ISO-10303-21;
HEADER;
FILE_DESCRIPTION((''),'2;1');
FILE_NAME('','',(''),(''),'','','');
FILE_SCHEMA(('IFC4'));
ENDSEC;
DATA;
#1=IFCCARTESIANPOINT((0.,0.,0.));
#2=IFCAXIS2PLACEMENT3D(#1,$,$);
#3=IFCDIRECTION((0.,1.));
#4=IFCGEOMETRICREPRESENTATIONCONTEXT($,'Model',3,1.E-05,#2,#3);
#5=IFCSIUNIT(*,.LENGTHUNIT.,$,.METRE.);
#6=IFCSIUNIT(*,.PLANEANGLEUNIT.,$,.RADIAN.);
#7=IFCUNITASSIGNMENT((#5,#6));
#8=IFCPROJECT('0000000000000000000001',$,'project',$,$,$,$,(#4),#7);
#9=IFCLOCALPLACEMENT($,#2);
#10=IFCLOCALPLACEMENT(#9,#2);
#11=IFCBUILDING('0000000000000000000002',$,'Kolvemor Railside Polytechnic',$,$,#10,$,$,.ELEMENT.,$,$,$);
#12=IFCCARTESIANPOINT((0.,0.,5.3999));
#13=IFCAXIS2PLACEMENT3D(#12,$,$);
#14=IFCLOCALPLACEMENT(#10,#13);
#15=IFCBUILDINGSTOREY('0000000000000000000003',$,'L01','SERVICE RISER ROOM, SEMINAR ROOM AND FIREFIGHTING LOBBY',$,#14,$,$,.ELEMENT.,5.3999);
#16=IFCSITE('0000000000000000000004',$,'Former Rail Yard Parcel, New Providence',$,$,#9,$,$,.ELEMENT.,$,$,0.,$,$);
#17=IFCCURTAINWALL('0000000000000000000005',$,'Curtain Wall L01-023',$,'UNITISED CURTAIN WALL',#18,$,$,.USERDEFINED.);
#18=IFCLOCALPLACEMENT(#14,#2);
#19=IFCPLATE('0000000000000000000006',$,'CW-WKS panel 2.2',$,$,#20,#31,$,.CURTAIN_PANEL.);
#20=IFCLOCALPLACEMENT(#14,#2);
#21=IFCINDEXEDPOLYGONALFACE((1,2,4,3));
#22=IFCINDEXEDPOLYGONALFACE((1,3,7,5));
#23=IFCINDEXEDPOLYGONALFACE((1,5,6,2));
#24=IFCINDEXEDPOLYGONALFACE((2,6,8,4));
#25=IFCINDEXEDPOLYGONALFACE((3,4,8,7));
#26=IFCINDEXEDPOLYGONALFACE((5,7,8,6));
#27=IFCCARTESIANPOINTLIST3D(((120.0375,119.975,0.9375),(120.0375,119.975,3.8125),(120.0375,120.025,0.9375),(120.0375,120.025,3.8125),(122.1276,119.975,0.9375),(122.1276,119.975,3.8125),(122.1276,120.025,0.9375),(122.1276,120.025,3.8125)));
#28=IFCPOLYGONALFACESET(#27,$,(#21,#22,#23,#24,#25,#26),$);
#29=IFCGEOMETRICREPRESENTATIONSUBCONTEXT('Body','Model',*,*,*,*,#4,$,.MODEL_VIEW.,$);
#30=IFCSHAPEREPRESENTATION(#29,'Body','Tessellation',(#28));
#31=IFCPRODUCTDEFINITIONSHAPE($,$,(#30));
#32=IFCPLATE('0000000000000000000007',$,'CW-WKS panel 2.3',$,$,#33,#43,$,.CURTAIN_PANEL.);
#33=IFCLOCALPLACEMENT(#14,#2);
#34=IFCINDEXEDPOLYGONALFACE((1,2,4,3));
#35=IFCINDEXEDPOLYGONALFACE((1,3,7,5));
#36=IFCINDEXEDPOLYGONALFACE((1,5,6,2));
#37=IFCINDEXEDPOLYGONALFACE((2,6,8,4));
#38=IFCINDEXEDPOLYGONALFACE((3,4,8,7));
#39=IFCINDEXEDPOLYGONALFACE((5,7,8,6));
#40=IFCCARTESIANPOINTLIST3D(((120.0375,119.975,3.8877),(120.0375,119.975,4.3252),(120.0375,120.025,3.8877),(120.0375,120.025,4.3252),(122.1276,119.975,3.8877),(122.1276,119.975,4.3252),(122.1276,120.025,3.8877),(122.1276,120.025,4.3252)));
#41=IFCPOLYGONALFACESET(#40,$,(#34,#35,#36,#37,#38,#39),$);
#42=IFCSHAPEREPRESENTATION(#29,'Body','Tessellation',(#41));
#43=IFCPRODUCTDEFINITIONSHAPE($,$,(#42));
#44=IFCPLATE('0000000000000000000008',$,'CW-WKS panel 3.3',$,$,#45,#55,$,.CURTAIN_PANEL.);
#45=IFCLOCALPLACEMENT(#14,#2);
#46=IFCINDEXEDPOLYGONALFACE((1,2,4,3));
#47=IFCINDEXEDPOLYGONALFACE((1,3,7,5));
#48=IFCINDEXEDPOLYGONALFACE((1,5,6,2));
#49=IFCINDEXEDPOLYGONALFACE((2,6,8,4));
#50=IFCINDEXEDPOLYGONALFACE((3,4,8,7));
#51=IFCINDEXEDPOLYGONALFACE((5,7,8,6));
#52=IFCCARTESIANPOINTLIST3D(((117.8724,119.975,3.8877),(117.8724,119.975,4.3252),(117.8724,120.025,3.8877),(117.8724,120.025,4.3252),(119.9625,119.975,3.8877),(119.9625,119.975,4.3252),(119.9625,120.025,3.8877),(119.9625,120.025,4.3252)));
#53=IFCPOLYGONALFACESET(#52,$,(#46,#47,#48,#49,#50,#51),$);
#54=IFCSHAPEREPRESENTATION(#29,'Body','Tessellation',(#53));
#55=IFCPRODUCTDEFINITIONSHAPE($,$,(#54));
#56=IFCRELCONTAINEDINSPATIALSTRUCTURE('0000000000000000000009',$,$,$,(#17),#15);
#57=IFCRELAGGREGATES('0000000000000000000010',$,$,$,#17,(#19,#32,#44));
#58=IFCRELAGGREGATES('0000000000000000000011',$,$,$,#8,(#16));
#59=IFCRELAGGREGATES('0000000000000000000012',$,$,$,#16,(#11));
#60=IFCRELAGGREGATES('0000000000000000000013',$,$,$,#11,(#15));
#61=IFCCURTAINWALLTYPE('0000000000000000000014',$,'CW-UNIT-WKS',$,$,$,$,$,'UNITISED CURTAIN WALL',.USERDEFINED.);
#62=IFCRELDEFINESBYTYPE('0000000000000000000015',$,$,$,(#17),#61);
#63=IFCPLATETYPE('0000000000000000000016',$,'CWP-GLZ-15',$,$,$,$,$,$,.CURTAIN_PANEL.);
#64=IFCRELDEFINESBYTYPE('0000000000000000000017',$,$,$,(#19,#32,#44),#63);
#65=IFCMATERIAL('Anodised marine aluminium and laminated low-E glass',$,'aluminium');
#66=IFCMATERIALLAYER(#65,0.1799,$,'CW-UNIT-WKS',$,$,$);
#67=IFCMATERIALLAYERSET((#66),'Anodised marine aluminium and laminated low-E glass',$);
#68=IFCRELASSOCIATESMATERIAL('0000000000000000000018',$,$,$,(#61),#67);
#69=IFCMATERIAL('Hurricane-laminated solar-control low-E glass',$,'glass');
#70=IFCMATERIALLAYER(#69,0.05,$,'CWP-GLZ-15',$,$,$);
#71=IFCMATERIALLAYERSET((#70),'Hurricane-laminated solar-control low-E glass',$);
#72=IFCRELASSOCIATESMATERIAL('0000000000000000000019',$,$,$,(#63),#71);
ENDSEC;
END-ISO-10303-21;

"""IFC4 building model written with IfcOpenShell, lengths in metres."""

from ifc_helpers import new_model, si_unit, direction, frame, origin, origin_2d, place, context, subcontext, project, spatial, rectangle, extrude, material, layer, layer_set, type_object, element, aggregate, save


model = new_model("IFC4")

# Units and contexts
model_context = context("Model", 3, precision=1e-05, world=origin(), true_north=direction((0.0, 1.0)))
body_context = subcontext(model_context, "Body", "Model", "MODEL_VIEW")
ifc_project = project(units=[si_unit("LENGTHUNIT", "METRE"), si_unit("PLANEANGLEUNIT", "RADIAN")], contexts=[model_context])

# Site, building, storey
site_placement = place(None, origin())
site = spatial("IfcSite", under=ifc_project, at=site_placement, Name="Former Rail Yard Parcel, New Providence", CompositionType="ELEMENT", RefElevation=0.0)
building_placement = place(site_placement, origin())
building = spatial("IfcBuilding", under=site, at=building_placement, Name="Kolvemor Railside Polytechnic", CompositionType="ELEMENT")
storey_placement = place(building_placement, frame((0.0, 0.0, 5.3999)))
storey = spatial("IfcBuildingStorey", under=building, at=storey_placement, Name="L01", Description="SERVICE RISER ROOM, SEMINAR ROOM AND FIREFIGHTING LOBBY", CompositionType="ELEMENT", Elevation=5.3999)

# Curtain wall
ifc_material_1 = material(Name="Anodised marine aluminium and laminated low-E glass", Category="aluminium")
ifc_layer_1 = layer(ifc_material_1, 0.1799, Name="CW-UNIT-WKS")
ifc_layer_set_1 = layer_set([ifc_layer_1], Name="Anodised marine aluminium and laminated low-E glass")
curtain_wall_type = type_object("IfcCurtainWallType", Name="CW-UNIT-WKS", ElementType="UNITISED CURTAIN WALL", PredefinedType="USERDEFINED", material=ifc_layer_set_1)
curtain_wall_1_placement = place(storey_placement, origin())
curtain_wall_1 = element("IfcCurtainWall", 1, at=curtain_wall_1_placement, inside=storey, type_object=curtain_wall_type, Name="Curtain Wall L01-023", ObjectType="UNITISED CURTAIN WALL", PredefinedType="USERDEFINED")

# Plates
ifc_material_2 = material(Name="Hurricane-laminated solar-control low-E glass", Category="glass")
ifc_layer_2 = layer(ifc_material_2, 0.05, Name="CWP-GLZ-15")
ifc_layer_set_2 = layer_set([ifc_layer_2], Name="Hurricane-laminated solar-control low-E glass")
plate_type_1 = type_object("IfcPlateType", Name="CWP-GLZ-15", PredefinedType="CURTAIN_PANEL", material=ifc_layer_set_2)
plate_1_placement = place(storey_placement, frame((121.0825, 120.0, 0.9375), z_axis=(0.0, 0.0, 1.0), x_axis=(-1.0, 0.0, 0.0)))
plate_1 = element("IfcPlate", 2, at=plate_1_placement, type_object=plate_type_1, Name="CW-WKS panel 2.2", PredefinedType="CURTAIN_PANEL", context=body_context, shape_type="SweptSolid", body=[
    extrude(rectangle(XDim=2.0901, YDim=0.05, at=origin_2d()), origin(), (0.0, 0.0, 1.0), 2.875),
])
plate_2_placement = place(storey_placement, frame((121.0825, 120.0, 3.8877), z_axis=(0.0, 0.0, 1.0), x_axis=(-1.0, 0.0, 0.0)))
plate_2 = element("IfcPlate", 3, at=plate_2_placement, type_object=plate_type_1, Name="CW-WKS panel 2.3", PredefinedType="CURTAIN_PANEL", context=body_context, shape_type="SweptSolid", body=[
    extrude(rectangle(XDim=2.0901, YDim=0.05, at=origin_2d()), origin(), (0.0, 0.0, 1.0), 0.4375),
])
plate_3_placement = place(storey_placement, frame((118.9175, 120.0, 3.8877), z_axis=(0.0, 0.0, 1.0), x_axis=(-1.0, 0.0, 0.0)))
plate_3 = element("IfcPlate", 4, at=plate_3_placement, type_object=plate_type_1, Name="CW-WKS panel 3.3", PredefinedType="CURTAIN_PANEL", context=body_context, shape_type="SweptSolid", body=[
    extrude(rectangle(XDim=2.0901, YDim=0.05, at=origin_2d()), origin(), (0.0, 0.0, 1.0), 0.4375),
])
aggregate(curtain_wall_1, [plate_1, plate_2, plate_3])

save(model, "model.ifc")
